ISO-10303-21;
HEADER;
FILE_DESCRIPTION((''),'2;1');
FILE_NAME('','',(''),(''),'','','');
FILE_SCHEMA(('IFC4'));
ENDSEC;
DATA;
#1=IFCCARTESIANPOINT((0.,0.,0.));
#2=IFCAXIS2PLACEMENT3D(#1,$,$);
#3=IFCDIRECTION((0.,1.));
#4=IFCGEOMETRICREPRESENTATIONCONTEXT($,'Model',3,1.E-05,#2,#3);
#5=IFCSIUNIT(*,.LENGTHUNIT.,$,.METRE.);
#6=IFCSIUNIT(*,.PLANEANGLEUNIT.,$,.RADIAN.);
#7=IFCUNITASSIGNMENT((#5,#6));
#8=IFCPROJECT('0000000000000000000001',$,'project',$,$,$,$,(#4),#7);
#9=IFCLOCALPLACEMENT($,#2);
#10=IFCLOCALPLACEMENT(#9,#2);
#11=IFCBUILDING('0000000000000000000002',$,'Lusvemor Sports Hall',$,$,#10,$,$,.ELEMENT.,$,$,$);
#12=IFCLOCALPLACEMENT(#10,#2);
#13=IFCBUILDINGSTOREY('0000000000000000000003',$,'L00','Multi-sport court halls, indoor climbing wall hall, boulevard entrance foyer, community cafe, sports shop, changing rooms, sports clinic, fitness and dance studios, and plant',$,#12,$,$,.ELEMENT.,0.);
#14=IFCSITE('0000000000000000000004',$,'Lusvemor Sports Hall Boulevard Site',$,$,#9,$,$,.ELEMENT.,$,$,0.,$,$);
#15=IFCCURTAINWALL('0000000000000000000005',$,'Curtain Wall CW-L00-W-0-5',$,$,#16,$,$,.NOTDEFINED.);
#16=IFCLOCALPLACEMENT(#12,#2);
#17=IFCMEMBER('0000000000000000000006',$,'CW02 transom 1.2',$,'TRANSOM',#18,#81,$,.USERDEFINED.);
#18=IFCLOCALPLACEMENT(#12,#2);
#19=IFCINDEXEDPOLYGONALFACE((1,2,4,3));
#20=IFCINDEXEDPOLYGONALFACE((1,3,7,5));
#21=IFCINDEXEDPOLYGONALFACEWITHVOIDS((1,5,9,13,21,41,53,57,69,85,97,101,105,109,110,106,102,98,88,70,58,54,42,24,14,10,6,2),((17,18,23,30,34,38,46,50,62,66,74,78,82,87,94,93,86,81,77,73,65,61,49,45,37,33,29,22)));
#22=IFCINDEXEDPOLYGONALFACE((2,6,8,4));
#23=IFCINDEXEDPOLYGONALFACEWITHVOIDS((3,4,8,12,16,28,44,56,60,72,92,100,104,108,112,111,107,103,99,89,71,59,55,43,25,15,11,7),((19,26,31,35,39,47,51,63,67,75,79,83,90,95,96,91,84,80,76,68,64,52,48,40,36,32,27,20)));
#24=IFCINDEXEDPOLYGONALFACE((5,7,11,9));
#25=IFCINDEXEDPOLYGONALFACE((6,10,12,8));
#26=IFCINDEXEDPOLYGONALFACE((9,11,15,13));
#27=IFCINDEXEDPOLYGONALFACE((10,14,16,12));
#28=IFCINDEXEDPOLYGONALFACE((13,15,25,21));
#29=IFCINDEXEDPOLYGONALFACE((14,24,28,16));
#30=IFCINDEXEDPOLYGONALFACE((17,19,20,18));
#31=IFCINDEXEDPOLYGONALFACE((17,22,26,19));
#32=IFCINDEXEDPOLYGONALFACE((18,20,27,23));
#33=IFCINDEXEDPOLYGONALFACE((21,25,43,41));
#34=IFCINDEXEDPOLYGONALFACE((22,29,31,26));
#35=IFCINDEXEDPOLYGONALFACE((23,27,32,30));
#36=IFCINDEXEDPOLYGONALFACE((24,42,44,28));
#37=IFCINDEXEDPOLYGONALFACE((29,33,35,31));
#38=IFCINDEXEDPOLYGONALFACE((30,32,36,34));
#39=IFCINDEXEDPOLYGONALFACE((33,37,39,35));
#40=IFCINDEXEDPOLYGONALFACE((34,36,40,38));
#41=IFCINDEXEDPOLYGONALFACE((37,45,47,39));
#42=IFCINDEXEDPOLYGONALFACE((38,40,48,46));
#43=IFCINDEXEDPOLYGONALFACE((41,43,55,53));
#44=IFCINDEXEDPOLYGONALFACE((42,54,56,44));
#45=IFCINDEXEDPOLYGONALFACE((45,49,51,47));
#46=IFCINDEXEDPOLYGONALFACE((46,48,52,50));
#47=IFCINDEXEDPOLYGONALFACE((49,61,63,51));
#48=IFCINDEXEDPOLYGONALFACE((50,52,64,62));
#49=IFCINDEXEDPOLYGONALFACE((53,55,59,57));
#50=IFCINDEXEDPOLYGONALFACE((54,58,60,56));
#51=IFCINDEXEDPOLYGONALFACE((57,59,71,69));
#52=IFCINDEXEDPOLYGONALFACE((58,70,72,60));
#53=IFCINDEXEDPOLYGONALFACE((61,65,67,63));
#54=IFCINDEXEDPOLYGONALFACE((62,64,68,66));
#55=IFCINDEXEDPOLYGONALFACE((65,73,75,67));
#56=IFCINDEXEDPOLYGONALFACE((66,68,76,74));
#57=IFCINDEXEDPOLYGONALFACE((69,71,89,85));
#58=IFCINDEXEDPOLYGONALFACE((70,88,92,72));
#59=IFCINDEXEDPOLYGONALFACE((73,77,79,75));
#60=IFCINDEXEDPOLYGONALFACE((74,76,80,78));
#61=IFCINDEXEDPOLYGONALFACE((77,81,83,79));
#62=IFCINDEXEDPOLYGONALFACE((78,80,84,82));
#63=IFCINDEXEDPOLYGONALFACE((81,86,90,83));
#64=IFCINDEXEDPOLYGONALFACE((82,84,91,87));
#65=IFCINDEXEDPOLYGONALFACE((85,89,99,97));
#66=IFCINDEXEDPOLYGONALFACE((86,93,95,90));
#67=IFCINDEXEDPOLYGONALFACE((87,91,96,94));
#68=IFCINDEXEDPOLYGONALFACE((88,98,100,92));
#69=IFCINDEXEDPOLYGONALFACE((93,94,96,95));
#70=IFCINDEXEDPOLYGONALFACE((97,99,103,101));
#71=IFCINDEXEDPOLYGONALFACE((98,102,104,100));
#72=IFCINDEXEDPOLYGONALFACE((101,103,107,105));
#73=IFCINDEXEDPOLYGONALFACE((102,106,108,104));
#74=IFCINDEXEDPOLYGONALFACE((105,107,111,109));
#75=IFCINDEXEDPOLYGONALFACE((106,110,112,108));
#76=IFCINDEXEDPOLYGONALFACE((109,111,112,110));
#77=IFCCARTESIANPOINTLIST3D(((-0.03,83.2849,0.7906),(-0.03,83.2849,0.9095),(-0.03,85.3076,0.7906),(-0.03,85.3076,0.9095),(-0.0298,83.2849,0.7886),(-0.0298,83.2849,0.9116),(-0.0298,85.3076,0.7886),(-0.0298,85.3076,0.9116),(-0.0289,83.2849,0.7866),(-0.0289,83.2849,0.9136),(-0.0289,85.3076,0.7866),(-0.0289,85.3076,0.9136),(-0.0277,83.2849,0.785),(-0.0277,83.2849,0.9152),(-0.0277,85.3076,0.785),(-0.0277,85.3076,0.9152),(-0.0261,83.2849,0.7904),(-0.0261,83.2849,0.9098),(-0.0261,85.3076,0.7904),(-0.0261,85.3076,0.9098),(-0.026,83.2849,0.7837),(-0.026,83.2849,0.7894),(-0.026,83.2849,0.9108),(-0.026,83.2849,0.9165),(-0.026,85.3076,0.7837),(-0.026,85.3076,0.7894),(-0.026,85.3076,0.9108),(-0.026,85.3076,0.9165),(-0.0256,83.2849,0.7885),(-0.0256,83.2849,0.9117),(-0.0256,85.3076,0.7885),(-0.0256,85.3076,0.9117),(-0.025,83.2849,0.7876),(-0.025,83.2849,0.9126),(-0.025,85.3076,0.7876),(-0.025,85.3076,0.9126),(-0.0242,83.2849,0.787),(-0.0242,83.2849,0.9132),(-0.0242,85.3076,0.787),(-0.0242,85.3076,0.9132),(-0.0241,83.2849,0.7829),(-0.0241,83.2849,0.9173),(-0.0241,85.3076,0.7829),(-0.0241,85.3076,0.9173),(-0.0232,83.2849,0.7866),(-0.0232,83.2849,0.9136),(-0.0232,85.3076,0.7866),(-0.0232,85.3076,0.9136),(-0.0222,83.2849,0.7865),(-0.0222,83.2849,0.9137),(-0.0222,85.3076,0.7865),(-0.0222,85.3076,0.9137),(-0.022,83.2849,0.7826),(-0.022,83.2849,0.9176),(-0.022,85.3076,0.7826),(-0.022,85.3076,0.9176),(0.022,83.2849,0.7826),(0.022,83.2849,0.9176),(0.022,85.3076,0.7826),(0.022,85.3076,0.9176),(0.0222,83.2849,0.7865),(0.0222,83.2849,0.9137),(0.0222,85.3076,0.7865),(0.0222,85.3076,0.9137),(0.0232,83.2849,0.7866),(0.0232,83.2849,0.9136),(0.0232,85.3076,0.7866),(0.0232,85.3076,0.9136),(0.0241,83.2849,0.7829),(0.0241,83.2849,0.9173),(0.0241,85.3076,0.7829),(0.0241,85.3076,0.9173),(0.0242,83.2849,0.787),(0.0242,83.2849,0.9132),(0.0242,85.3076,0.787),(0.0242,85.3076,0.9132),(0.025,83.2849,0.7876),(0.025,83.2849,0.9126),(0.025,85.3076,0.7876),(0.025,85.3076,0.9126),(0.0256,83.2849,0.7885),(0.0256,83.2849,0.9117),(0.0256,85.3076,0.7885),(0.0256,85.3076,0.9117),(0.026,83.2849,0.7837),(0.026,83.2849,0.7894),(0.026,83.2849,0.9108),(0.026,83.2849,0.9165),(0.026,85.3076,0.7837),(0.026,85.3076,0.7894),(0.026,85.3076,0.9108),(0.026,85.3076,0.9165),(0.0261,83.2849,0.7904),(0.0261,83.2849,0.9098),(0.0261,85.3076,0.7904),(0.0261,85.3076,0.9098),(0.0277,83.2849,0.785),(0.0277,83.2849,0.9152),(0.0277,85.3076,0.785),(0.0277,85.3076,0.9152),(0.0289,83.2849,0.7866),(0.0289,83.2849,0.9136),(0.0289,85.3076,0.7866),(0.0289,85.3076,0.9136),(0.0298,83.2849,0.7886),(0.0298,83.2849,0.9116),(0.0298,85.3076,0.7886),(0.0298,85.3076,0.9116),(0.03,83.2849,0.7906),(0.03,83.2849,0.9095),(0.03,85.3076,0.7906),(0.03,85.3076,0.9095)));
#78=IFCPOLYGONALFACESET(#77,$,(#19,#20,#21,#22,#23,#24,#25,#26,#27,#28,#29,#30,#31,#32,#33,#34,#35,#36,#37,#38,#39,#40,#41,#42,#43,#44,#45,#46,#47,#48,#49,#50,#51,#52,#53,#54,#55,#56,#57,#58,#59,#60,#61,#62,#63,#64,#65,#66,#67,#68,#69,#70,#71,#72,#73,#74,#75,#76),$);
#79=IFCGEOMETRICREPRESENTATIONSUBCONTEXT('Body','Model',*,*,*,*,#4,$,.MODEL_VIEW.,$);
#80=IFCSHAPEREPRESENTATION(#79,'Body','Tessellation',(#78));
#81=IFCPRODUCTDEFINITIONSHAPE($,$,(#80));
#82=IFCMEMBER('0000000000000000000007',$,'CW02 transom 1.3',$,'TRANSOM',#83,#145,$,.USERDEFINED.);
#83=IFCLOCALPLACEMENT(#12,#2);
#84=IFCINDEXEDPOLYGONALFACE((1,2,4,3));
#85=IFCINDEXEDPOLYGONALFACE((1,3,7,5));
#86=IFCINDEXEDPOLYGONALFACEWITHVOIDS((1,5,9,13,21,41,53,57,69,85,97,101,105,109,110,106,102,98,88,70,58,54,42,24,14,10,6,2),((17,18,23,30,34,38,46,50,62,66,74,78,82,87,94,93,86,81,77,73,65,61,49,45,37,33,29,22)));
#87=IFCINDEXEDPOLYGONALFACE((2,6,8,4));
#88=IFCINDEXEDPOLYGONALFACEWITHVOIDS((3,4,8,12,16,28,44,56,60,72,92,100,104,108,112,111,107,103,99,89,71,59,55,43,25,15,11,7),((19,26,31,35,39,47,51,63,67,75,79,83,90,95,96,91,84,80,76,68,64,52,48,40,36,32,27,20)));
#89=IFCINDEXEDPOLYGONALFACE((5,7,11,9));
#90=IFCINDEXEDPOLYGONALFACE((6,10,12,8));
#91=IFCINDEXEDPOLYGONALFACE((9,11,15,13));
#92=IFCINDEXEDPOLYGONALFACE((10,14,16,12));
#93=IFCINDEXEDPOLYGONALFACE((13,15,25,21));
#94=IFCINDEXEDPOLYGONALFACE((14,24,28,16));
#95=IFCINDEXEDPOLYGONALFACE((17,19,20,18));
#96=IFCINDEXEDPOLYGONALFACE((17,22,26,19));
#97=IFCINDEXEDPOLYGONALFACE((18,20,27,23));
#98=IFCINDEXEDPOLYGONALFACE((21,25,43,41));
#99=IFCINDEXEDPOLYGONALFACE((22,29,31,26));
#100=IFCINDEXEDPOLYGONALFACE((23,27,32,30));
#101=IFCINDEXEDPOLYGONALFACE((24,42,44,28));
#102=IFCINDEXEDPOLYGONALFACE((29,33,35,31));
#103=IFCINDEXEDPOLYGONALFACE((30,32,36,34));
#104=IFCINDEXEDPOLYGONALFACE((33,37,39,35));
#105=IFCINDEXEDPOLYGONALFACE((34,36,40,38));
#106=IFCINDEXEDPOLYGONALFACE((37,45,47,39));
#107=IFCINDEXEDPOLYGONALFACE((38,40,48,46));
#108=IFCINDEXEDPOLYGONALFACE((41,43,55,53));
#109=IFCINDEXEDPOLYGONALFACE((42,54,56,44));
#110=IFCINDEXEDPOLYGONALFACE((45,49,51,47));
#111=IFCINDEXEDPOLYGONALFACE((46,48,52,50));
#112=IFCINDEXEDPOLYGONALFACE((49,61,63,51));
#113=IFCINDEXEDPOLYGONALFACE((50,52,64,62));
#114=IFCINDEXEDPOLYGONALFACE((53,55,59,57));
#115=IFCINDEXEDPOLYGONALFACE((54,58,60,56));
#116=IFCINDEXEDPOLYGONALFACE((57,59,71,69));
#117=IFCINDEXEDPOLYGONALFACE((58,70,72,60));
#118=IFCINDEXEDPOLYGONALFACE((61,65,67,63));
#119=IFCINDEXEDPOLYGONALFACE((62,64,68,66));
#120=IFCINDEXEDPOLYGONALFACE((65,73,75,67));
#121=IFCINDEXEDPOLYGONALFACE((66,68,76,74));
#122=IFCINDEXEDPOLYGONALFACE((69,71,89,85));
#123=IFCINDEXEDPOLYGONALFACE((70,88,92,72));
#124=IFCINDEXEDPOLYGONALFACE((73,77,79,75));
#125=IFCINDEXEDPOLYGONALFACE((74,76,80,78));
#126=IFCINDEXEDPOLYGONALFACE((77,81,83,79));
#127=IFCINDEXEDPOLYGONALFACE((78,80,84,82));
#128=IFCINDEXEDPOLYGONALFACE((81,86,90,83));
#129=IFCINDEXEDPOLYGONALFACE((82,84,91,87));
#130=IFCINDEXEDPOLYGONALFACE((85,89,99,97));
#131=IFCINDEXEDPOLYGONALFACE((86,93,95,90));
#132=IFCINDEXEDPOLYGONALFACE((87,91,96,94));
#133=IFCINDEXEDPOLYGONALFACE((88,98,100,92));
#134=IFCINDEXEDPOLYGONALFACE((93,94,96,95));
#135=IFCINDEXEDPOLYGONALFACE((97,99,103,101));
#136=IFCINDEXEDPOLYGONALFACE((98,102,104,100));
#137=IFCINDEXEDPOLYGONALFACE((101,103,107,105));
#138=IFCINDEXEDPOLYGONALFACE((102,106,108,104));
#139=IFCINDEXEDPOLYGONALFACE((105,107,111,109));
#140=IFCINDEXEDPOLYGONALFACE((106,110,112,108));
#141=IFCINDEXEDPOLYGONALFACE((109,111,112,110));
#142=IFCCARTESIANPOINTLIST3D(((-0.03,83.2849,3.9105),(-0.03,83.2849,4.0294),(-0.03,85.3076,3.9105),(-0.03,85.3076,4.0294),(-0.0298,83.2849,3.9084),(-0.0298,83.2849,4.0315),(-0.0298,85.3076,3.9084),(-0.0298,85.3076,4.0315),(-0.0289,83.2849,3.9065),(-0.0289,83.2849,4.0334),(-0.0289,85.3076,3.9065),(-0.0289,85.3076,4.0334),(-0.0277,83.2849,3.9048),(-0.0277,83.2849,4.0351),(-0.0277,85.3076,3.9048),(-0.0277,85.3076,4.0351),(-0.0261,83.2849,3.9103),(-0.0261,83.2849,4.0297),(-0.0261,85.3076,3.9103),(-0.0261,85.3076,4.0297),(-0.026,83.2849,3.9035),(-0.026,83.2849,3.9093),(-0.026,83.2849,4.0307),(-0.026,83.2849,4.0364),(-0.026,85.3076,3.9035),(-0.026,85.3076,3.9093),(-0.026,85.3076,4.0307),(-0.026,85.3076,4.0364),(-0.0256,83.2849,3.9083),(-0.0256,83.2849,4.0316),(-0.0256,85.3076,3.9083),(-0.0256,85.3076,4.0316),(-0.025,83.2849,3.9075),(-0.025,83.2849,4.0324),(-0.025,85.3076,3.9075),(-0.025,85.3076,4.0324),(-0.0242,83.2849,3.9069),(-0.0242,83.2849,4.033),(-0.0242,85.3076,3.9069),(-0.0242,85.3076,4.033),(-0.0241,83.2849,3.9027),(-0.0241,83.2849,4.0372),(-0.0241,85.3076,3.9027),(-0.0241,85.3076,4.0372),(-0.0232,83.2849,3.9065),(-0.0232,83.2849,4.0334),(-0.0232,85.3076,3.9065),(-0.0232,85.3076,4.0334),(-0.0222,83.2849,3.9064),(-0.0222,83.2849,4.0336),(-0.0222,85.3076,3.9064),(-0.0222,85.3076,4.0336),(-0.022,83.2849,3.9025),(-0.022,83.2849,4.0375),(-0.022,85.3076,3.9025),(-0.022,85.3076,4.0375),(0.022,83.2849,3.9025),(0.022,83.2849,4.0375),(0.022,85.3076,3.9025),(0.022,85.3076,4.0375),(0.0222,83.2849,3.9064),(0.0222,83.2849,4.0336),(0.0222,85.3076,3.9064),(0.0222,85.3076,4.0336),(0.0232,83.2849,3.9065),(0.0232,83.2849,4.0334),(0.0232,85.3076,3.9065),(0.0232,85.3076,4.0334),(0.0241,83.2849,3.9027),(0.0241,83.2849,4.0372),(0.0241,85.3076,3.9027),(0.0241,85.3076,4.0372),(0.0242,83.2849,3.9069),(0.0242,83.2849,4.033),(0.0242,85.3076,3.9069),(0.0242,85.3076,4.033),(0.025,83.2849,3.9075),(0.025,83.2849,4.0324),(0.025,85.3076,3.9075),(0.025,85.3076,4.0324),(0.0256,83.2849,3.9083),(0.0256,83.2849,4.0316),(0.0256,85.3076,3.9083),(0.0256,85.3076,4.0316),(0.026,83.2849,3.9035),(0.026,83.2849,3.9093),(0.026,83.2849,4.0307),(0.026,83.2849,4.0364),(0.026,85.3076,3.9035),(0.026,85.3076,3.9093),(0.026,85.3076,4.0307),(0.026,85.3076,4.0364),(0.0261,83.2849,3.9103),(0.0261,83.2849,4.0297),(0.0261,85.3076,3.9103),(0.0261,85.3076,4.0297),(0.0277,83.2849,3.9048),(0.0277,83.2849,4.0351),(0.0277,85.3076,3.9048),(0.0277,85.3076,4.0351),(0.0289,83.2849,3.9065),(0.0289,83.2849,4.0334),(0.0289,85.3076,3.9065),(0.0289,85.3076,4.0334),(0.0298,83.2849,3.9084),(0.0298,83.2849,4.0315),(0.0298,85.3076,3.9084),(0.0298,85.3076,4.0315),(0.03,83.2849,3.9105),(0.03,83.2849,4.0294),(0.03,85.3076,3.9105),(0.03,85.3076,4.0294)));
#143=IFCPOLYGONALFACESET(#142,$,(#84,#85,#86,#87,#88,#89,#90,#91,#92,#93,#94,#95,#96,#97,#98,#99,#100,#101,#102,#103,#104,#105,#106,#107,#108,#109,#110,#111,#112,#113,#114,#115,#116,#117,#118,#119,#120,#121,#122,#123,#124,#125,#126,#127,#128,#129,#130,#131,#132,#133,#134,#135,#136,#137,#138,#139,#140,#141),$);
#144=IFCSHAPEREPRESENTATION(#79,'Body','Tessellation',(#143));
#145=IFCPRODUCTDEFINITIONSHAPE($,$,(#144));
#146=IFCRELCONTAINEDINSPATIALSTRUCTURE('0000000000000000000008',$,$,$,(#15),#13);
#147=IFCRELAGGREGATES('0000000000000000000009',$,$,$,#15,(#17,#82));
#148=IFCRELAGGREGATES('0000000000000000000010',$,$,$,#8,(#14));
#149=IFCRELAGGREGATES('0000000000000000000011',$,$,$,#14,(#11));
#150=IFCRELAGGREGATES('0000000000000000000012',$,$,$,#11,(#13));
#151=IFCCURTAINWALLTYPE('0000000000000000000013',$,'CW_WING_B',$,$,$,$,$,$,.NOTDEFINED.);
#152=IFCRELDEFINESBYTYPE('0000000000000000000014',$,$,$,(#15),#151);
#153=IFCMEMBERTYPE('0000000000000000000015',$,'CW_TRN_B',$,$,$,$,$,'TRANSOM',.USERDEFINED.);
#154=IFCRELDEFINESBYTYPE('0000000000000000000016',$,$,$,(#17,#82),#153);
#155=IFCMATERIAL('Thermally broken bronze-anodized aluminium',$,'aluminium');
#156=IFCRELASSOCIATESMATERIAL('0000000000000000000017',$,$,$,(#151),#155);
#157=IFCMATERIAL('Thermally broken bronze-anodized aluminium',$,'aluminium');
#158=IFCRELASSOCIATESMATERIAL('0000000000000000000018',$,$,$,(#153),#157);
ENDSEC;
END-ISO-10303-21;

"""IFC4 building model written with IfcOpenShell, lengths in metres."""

from ifc_helpers import new_model, si_unit, direction, frame, origin, origin_2d, place, context, subcontext, project, spatial, hollow_rectangle, extrude, material, material_profile, profile_set, type_object, element, aggregate, save


model = new_model("IFC4")

# Units and contexts
model_context = context("Model", 3, precision=1e-05, world=origin(), true_north=direction((0.0, 1.0)))
body_context = subcontext(model_context, "Body", "Model", "MODEL_VIEW")
ifc_project = project(units=[si_unit("LENGTHUNIT", "METRE"), si_unit("PLANEANGLEUNIT", "RADIAN")], contexts=[model_context])

# Site, building, storey
site_placement = place(None, origin())
site = spatial("IfcSite", under=ifc_project, at=site_placement, Name="Lusvemor Sports Hall Boulevard Site", CompositionType="ELEMENT", RefElevation=0.0)
building_placement = place(site_placement, origin())
building = spatial("IfcBuilding", under=site, at=building_placement, Name="Lusvemor Sports Hall", CompositionType="ELEMENT")
storey_placement = place(building_placement, origin())
storey = spatial("IfcBuildingStorey", under=building, at=storey_placement, Name="L00", Description="Multi-sport court halls, indoor climbing wall hall, boulevard entrance foyer, community cafe, sports shop, changing rooms, sports clinic, fitness and dance studios, and plant", CompositionType="ELEMENT", Elevation=0.0)

# Shared definitions
ifc_material_1 = material(Name="Thermally broken bronze-anodized aluminium", Category="aluminium")
curtain_wall_type = type_object("IfcCurtainWallType", Name="CW_WING_B", PredefinedType="NOTDEFINED", material=ifc_material_1)

# Curtain wall
curtain_wall_1_placement = place(storey_placement, origin())
curtain_wall_1 = element("IfcCurtainWall", 1, at=curtain_wall_1_placement, inside=storey, type_object=curtain_wall_type, Name="Curtain Wall CW-L00-W-0-5", PredefinedType="NOTDEFINED")

# Members
ifc_material_2 = material(Name="Thermally broken bronze-anodized aluminium", Category="aluminium")
ifc_material_profile_1 = material_profile(ifc_material_2, hollow_rectangle(XDim=0.0601, YDim=0.135, WallThickness=0.0039, InnerFilletRadius=0.0039, OuterFilletRadius=0.0081, at=origin_2d()), Name="CWTRN135x60x4")
ifc_profile_set_1 = profile_set([ifc_material_profile_1], Name="Thermally broken bronze-anodized aluminium")
member_type_1 = type_object("IfcMemberType", Name="CW_TRN_B", ElementType="TRANSOM", PredefinedType="USERDEFINED", material=ifc_profile_set_1)
member_1_placement = place(storey_placement, frame((0.0, 83.2849, 0.8501), z_axis=(0.0, 1.0, 0.0), x_axis=(-1.0, 0.0, 0.0)))
member_1 = element("IfcMember", 2, at=member_1_placement, type_object=member_type_1, Name="CW02 transom 1.2", ObjectType="TRANSOM", PredefinedType="USERDEFINED", context=body_context, shape_type="SweptSolid", body=[
    extrude(hollow_rectangle(XDim=0.0601, YDim=0.135, WallThickness=0.0039, InnerFilletRadius=0.0039, OuterFilletRadius=0.0081, at=origin_2d()), origin(), (0.0, 0.0, 1.0), 2.0227),
])
member_2_placement = place(storey_placement, frame((0.0, 83.2849, 3.97), z_axis=(0.0, 1.0, 0.0), x_axis=(-1.0, 0.0, 0.0)))
member_2 = element("IfcMember", 3, at=member_2_placement, type_object=member_type_1, Name="CW02 transom 1.3", ObjectType="TRANSOM", PredefinedType="USERDEFINED", context=body_context, shape_type="SweptSolid", body=[
    extrude(hollow_rectangle(XDim=0.0601, YDim=0.135, WallThickness=0.0039, InnerFilletRadius=0.0039, OuterFilletRadius=0.0081, at=origin_2d()), origin(), (0.0, 0.0, 1.0), 2.0227),
])

aggregate(curtain_wall_1, [member_1, member_2])

save(model, "model.ifc")
